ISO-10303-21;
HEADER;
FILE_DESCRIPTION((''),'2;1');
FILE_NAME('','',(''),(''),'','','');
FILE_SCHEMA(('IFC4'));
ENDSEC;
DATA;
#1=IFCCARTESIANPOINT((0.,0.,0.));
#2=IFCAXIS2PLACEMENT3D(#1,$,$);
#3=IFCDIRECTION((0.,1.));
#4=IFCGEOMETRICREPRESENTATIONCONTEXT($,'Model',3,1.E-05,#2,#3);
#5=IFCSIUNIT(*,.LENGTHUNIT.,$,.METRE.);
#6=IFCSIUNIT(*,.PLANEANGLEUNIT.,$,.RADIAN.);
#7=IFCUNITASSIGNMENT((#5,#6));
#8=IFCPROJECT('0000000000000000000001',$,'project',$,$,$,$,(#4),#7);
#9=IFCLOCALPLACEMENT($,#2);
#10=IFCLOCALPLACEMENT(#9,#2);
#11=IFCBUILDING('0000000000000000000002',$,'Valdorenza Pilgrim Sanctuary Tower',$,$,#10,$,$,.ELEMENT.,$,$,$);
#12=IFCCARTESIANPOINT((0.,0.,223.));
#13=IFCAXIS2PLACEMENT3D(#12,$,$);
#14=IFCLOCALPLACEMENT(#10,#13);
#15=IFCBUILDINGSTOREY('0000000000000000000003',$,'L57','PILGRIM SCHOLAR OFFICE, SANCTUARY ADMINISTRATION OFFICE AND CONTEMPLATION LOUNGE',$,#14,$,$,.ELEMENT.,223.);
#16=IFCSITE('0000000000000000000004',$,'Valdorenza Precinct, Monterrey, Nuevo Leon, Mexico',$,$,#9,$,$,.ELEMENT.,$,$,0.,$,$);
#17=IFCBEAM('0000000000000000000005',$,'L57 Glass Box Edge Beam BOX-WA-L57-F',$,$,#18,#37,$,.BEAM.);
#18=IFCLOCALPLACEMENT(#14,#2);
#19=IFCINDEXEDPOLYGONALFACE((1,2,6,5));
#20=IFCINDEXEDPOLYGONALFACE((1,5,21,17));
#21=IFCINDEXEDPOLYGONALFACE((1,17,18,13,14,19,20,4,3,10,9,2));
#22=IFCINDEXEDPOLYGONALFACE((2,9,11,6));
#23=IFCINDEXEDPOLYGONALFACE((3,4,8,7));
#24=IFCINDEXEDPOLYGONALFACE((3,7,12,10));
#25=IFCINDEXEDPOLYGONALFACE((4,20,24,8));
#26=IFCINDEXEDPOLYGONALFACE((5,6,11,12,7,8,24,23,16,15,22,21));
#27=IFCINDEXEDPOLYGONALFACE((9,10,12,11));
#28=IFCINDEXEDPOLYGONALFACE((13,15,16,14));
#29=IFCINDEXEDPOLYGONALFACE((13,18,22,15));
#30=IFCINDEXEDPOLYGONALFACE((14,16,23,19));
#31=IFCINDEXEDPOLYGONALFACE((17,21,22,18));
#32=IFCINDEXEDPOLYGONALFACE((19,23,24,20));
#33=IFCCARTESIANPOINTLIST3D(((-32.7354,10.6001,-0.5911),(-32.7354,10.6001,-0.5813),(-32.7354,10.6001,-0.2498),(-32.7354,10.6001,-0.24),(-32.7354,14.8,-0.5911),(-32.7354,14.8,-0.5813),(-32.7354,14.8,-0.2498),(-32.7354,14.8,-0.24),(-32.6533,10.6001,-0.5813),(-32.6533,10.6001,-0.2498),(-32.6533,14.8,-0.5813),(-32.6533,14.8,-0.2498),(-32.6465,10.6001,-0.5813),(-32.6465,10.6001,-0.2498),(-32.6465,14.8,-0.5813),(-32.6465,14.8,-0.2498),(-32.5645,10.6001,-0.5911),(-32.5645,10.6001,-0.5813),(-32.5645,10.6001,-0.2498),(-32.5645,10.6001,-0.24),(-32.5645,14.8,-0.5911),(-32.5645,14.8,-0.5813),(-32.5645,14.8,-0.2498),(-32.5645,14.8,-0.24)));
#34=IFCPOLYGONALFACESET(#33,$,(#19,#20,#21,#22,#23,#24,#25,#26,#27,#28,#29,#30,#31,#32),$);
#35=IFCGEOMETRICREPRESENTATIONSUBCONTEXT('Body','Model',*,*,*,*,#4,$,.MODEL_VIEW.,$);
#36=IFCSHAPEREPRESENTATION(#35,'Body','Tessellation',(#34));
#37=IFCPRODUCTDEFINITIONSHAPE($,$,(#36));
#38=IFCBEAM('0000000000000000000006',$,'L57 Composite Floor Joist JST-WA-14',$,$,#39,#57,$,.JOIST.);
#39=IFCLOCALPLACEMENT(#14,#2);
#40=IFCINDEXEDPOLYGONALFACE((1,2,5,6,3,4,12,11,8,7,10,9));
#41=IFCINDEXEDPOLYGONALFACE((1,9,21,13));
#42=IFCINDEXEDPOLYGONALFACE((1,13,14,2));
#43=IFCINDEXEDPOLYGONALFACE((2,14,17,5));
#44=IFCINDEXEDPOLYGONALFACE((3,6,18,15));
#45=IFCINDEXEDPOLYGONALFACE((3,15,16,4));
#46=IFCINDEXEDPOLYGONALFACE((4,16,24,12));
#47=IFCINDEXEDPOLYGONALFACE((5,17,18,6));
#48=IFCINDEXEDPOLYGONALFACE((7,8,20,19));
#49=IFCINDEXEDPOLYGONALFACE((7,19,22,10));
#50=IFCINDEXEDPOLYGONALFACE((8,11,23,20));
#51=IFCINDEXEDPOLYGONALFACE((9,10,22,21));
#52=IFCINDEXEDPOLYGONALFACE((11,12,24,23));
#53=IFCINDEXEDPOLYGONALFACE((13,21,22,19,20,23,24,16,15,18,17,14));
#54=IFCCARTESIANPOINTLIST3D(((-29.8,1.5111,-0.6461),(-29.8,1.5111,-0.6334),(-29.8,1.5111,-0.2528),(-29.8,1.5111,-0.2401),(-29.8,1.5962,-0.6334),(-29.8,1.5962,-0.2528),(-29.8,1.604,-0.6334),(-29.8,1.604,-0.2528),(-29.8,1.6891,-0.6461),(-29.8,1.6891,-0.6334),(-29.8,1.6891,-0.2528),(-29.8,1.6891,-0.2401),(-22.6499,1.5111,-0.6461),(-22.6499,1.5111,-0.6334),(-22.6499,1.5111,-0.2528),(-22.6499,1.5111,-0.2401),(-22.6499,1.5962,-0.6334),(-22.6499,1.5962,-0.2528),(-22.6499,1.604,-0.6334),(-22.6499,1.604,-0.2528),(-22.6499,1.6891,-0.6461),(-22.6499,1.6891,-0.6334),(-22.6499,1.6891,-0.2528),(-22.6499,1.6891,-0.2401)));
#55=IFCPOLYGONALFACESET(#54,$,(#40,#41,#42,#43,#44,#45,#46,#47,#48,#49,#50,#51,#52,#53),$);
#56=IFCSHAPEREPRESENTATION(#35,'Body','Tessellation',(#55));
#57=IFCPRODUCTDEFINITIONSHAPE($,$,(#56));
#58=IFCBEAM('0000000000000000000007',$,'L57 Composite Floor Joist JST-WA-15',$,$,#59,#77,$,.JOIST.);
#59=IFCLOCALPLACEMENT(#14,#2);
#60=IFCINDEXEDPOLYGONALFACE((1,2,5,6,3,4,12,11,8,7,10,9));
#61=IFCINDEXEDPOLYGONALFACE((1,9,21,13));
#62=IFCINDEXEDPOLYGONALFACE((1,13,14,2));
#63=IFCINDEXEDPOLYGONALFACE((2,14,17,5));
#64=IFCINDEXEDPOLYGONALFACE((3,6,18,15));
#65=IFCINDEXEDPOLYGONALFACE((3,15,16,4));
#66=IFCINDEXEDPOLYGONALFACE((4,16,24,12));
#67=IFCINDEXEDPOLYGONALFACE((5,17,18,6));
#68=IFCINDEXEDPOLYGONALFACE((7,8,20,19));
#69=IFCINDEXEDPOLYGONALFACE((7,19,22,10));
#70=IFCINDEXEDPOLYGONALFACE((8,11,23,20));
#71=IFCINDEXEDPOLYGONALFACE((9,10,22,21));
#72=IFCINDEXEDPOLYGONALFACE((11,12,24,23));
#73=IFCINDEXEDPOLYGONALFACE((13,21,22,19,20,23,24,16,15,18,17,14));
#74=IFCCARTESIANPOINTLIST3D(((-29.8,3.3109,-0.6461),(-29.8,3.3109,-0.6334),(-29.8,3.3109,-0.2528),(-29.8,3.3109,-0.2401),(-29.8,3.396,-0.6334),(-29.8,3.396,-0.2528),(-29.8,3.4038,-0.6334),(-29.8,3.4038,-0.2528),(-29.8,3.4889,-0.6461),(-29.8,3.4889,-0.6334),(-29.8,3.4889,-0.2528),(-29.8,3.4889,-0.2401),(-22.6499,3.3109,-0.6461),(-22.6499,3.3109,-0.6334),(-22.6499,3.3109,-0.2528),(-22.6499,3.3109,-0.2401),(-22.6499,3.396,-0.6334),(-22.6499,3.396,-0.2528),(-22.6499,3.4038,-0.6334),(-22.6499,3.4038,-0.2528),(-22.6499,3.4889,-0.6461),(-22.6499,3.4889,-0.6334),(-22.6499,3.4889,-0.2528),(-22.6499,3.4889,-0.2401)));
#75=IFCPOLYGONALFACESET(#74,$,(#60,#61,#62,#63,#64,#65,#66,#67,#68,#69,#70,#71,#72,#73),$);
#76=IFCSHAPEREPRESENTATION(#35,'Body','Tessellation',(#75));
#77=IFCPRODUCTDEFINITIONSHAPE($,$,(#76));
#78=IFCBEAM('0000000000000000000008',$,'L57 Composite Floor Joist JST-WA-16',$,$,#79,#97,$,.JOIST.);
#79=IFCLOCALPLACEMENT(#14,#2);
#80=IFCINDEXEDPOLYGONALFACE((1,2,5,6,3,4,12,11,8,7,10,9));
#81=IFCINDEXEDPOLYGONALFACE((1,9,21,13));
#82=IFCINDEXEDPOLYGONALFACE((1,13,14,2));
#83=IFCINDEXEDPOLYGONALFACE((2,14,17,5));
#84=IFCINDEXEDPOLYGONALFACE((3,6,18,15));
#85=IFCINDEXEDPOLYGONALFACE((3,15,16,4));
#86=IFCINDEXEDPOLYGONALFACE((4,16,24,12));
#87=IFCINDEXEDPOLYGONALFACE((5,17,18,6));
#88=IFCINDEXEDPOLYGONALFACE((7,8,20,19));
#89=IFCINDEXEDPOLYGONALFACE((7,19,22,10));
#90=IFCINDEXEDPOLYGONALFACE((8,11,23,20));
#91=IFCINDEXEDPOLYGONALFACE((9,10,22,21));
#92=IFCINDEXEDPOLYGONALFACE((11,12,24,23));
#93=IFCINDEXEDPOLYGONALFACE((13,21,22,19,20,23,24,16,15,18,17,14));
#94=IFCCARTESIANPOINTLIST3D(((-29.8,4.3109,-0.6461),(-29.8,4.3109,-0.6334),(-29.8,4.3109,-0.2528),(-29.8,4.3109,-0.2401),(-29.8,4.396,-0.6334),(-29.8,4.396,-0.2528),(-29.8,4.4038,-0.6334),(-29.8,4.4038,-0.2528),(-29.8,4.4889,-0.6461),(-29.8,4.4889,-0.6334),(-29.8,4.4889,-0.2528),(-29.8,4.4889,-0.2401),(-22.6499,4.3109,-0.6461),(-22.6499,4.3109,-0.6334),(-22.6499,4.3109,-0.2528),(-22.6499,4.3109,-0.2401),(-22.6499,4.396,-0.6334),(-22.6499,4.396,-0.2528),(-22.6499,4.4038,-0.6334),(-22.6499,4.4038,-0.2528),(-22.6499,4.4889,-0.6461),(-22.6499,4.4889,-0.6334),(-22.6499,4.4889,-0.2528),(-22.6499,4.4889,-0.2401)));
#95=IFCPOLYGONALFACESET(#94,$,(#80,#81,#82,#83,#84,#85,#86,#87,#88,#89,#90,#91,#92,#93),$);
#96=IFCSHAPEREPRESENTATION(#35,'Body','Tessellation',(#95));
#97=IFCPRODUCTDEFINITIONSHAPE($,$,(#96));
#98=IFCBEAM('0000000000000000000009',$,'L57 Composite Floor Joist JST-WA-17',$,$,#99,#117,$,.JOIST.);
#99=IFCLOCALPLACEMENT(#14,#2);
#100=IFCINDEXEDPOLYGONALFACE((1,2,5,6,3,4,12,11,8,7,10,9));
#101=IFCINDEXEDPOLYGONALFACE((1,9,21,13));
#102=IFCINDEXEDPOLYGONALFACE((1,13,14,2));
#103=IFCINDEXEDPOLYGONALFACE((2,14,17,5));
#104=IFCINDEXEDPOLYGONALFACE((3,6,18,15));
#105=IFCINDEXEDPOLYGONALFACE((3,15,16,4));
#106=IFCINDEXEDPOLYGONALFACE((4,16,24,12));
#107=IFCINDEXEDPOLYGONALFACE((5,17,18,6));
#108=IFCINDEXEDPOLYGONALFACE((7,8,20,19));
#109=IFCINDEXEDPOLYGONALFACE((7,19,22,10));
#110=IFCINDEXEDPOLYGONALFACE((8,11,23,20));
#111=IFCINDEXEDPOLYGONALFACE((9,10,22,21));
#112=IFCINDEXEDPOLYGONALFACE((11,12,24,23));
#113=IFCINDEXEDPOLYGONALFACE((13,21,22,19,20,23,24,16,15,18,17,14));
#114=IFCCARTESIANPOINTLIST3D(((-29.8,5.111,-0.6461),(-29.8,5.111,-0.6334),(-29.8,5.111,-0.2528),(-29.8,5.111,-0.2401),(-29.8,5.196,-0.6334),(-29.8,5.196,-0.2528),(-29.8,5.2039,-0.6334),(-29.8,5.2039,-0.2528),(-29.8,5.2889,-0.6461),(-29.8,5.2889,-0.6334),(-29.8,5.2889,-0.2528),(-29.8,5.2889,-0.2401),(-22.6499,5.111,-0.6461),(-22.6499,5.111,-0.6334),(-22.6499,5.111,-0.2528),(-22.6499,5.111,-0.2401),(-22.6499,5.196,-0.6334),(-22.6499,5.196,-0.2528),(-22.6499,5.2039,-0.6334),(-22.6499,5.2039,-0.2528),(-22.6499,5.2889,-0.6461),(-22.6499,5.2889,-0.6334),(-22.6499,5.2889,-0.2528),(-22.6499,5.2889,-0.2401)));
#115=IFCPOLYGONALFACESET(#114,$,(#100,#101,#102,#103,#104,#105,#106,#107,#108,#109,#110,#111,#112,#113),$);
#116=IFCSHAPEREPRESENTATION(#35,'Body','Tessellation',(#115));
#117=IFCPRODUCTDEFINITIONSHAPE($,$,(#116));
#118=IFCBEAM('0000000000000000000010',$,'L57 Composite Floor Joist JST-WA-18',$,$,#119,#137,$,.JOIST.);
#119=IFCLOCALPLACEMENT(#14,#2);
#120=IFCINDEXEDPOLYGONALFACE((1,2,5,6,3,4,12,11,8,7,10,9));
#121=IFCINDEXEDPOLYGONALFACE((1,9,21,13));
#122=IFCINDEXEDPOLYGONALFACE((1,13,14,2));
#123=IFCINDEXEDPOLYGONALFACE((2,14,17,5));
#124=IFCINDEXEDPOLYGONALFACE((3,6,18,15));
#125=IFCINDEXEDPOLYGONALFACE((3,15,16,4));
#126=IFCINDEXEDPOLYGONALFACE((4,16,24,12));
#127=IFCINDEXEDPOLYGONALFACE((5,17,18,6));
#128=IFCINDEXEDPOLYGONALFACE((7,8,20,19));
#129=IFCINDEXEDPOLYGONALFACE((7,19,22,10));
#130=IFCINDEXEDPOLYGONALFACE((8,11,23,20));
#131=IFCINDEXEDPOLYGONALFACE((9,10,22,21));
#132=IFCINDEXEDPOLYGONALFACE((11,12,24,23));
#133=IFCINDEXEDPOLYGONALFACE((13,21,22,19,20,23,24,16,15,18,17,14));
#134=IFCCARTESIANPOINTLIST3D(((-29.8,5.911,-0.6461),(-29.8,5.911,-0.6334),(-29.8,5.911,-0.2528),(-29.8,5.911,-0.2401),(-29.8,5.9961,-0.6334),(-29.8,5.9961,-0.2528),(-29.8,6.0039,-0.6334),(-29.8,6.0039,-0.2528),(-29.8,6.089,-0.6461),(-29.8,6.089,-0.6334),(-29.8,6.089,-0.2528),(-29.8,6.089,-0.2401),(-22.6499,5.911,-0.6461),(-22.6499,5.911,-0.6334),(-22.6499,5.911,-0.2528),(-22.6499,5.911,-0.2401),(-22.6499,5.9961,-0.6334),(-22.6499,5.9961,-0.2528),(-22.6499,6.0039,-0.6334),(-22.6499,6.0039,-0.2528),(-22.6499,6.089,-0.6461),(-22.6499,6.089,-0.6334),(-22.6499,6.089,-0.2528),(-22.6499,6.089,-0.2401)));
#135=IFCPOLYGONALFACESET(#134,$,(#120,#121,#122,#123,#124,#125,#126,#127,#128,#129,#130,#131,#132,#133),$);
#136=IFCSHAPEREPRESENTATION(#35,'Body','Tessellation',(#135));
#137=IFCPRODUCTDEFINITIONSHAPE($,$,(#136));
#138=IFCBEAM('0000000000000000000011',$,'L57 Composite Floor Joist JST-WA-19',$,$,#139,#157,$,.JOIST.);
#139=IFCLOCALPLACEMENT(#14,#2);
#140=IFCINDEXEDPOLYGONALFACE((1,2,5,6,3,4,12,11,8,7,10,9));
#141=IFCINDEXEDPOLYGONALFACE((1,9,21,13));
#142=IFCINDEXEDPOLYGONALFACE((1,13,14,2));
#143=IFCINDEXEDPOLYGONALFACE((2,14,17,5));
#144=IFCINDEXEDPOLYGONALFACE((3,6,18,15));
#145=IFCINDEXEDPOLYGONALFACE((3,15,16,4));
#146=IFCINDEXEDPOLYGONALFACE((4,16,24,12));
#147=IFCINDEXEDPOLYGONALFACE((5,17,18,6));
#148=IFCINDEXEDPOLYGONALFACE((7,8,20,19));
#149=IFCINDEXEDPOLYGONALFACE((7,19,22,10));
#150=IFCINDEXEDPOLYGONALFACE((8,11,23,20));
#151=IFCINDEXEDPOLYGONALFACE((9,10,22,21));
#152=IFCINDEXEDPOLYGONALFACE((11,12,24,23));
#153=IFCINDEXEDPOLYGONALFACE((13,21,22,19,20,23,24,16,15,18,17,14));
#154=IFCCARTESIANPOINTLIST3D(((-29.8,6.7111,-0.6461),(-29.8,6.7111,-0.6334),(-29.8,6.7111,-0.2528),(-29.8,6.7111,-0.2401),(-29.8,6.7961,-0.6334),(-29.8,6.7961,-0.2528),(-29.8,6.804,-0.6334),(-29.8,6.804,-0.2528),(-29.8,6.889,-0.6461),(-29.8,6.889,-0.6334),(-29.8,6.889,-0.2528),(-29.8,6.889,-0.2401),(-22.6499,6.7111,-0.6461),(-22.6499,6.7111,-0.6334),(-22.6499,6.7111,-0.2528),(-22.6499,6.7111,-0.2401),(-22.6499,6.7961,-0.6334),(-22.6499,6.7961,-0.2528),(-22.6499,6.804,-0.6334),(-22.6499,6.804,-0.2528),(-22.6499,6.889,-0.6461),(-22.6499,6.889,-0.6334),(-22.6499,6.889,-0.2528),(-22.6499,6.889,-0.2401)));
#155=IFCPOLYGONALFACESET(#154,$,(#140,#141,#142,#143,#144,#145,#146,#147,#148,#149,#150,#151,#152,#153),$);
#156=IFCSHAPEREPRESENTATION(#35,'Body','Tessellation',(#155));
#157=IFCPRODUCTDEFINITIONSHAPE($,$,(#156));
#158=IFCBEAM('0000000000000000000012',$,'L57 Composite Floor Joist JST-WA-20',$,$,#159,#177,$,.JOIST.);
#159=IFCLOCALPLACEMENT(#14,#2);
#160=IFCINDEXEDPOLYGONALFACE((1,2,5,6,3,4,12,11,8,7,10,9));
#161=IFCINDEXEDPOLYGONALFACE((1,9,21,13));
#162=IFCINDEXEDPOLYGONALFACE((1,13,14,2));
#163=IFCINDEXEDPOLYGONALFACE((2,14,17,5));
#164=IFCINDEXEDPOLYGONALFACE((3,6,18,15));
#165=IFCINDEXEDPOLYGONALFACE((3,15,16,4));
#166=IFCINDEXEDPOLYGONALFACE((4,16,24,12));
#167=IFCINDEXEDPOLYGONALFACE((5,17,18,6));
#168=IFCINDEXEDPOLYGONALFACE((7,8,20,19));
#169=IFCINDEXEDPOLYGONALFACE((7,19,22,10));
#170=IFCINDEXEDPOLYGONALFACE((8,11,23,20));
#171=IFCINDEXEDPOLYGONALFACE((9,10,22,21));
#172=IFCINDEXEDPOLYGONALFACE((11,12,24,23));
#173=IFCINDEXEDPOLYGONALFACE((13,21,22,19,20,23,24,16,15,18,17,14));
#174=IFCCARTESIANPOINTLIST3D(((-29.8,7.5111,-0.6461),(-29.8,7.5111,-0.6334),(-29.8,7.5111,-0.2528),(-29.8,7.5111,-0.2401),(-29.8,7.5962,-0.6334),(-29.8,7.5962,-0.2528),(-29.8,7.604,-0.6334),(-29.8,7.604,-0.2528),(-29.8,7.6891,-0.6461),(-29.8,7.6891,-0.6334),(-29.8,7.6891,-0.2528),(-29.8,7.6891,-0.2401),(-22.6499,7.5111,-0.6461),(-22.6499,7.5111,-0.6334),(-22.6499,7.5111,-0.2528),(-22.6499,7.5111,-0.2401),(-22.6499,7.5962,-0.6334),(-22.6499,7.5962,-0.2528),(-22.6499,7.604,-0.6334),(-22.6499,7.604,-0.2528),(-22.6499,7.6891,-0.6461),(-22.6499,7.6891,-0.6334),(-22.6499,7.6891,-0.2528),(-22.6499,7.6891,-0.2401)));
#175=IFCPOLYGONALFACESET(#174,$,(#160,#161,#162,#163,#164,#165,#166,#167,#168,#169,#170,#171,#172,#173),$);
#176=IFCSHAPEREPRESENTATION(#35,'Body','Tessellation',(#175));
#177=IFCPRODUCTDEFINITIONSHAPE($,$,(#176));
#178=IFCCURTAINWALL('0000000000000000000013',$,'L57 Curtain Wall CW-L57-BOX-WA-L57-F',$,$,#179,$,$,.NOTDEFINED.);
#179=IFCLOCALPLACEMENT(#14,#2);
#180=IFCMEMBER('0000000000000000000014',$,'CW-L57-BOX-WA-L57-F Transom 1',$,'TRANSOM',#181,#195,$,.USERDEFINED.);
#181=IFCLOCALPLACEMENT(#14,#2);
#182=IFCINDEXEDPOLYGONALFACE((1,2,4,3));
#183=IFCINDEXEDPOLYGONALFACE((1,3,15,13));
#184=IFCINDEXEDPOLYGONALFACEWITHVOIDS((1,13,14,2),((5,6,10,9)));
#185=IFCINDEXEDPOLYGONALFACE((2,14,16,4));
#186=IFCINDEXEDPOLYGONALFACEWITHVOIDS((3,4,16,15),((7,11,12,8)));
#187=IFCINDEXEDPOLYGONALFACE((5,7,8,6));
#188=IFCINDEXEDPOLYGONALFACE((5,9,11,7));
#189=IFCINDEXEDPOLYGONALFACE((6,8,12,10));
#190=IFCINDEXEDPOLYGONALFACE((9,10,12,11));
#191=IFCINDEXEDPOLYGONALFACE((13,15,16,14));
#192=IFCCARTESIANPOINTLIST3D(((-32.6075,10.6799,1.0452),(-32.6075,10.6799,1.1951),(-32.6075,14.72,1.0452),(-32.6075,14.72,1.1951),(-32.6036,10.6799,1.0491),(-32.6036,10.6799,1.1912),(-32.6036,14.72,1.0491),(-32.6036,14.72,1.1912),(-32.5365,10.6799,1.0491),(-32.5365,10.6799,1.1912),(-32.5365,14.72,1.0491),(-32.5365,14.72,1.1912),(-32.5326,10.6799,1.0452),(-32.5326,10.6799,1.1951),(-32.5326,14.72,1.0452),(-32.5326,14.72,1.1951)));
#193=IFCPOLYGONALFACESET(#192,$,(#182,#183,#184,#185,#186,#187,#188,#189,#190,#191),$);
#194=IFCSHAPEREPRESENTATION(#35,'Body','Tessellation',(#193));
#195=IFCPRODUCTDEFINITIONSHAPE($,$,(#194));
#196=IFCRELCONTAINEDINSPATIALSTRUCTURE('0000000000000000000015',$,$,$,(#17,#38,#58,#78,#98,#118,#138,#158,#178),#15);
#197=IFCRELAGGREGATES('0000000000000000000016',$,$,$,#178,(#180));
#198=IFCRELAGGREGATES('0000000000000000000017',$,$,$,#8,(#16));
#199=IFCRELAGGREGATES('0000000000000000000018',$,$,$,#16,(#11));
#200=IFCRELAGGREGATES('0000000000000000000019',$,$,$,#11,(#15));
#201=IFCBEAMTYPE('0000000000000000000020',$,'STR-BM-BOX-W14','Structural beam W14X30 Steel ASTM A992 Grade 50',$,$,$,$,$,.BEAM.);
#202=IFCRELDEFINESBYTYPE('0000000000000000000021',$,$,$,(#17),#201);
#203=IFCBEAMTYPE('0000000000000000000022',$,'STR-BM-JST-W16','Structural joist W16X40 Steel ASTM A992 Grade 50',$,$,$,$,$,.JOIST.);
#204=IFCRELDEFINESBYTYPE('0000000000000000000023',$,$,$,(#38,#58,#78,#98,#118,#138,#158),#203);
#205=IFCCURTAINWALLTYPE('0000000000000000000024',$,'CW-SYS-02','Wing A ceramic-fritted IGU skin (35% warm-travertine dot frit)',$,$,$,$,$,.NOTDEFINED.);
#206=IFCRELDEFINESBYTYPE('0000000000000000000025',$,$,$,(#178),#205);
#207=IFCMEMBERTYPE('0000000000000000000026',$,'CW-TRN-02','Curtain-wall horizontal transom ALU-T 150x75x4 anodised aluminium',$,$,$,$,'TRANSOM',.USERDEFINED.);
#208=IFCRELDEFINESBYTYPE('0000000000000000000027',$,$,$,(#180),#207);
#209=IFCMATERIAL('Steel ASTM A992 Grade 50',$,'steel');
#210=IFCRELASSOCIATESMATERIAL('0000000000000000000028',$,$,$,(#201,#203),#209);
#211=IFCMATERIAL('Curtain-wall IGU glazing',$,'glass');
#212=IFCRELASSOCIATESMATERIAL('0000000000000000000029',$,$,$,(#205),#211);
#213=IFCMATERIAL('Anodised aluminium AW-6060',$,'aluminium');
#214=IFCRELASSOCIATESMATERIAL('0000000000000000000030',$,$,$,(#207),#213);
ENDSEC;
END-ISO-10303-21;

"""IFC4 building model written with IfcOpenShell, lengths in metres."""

from ifc_helpers import new_model, si_unit, direction, frame, origin, origin_2d, place, context, subcontext, project, spatial, hollow_rectangle, i_section, extrude, source, transform, mapped, material, material_profile, profile_set, type_object, element, aggregate, save


model = new_model("IFC4")

# Units and contexts
model_context = context("Model", 3, precision=1e-05, world=origin(), true_north=direction((0.0, 1.0)))
body_context = subcontext(model_context, "Body", "Model", "MODEL_VIEW")
ifc_project = project(units=[si_unit("LENGTHUNIT", "METRE"), si_unit("PLANEANGLEUNIT", "RADIAN")], contexts=[model_context])

# Site, building, storey
site_placement = place(None, origin())
site = spatial("IfcSite", under=ifc_project, at=site_placement, Name="Valdorenza Precinct, Monterrey, Nuevo Leon, Mexico", CompositionType="ELEMENT", RefElevation=0.0)
building_placement = place(site_placement, origin())
building = spatial("IfcBuilding", under=site, at=building_placement, Name="Valdorenza Pilgrim Sanctuary Tower", CompositionType="ELEMENT")
storey_placement = place(building_placement, frame((0.0, 0.0, 223.0)))
storey = spatial("IfcBuildingStorey", under=building, at=storey_placement, Name="L57", Description="PILGRIM SCHOLAR OFFICE, SANCTUARY ADMINISTRATION OFFICE AND CONTEMPLATION LOUNGE", CompositionType="ELEMENT", Elevation=223.0)

# Beams
ifc_material_1 = material(Name="Steel ASTM A992 Grade 50", Category="steel")
ifc_material_profile_1 = material_profile(ifc_material_1, i_section(OverallWidth=0.1709, OverallDepth=0.3511, WebThickness=0.0068, FlangeThickness=0.0098, at=origin_2d()), Name="W14X30")
ifc_profile_set_1 = profile_set([ifc_material_profile_1], Name="Steel ASTM A992 Grade 50")
beam_type_1 = type_object("IfcBeamType", Name="STR-BM-BOX-W14", Description="Structural beam W14X30 Steel ASTM A992 Grade 50", PredefinedType="BEAM", material=ifc_profile_set_1)
shared_shape_1 = source(origin(), body_context, "Body", "SweptSolid", [
    extrude(i_section(OverallWidth=0.1709, OverallDepth=0.3511, WebThickness=0.0068, FlangeThickness=0.0098, at=origin_2d()), origin(), (0.0, 0.0, 1.0), 4.2),
])
beam_placement = place(storey_placement, frame((-32.6499, 10.6001, -0.4155), z_axis=(0.0, 1.0, 0.0), x_axis=(-1.0, 0.0, 0.0)))
element("IfcBeam", 1, at=beam_placement, inside=storey, type_object=beam_type_1, Name="L57 Glass Box Edge Beam BOX-WA-L57-F", PredefinedType="BEAM", context=body_context, shape_type="MappedRepresentation", body=[
    mapped(shared_shape_1, transform((0.0, 0.0, 0.0), x_axis=(1.0, 0.0, 0.0), y_axis=(0.0, 1.0, 0.0), z_axis=(0.0, 0.0, 1.0), scale=1.0)),
])
ifc_material_profile_2 = material_profile(ifc_material_1, i_section(OverallWidth=0.178, OverallDepth=0.406, WebThickness=0.0078, FlangeThickness=0.0127, at=origin_2d()), Name="W16X40")
ifc_profile_set_2 = profile_set([ifc_material_profile_2], Name="Steel ASTM A992 Grade 50")
beam_type_2 = type_object("IfcBeamType", Name="STR-BM-JST-W16", Description="Structural joist W16X40 Steel ASTM A992 Grade 50", PredefinedType="JOIST", material=ifc_profile_set_2)
shared_shape_2 = source(origin(), body_context, "Body", "SweptSolid", [
    extrude(i_section(OverallWidth=0.178, OverallDepth=0.406, WebThickness=0.0078, FlangeThickness=0.0127, at=origin_2d()), origin(), (0.0, 0.0, 1.0), 7.1501),
])
for number, where, z_axis, x_axis, name in (
    (2, (-29.8, 1.6001, -0.4431), (1.0, 0.0, 0.0), (0.0, 1.0, 0.0), "L57 Composite Floor Joist JST-WA-14"),
    (3, (-29.8, 3.3999, -0.4431), (1.0, 0.0, 0.0), (0.0, 1.0, 0.0), "L57 Composite Floor Joist JST-WA-15"),
    (4, (-29.8, 4.3999, -0.4431), (1.0, 0.0, 0.0), (0.0, 1.0, 0.0), "L57 Composite Floor Joist JST-WA-16"),
    (5, (-29.8, 5.2, -0.4431), (1.0, 0.0, 0.0), (0.0, 1.0, 0.0), "L57 Composite Floor Joist JST-WA-17"),
    (6, (-29.8, 6.0, -0.4431), (1.0, 0.0, 0.0), (0.0, 1.0, 0.0), "L57 Composite Floor Joist JST-WA-18"),
    (7, (-29.8, 6.8, -0.4431), (1.0, 0.0, 0.0), (0.0, 1.0, 0.0), "L57 Composite Floor Joist JST-WA-19"),
    (8, (-29.8, 7.6001, -0.4431), (1.0, 0.0, 0.0), (0.0, 1.0, 0.0), "L57 Composite Floor Joist JST-WA-20"),
):
    element("IfcBeam", number, at=place(storey_placement, frame(where, z_axis=z_axis, x_axis=x_axis)), inside=storey, type_object=beam_type_2, Name=name, PredefinedType="JOIST", context=body_context, shape_type="MappedRepresentation", body=[
        mapped(shared_shape_2, transform((0.0, 0.0, 0.0), x_axis=(1.0, 0.0, 0.0), y_axis=(0.0, 1.0, 0.0), z_axis=(0.0, 0.0, 1.0), scale=1.0)),
    ])

# Curtain wall, member
ifc_material_2 = material(Name="Curtain-wall IGU glazing", Category="glass")
curtain_wall_type = type_object("IfcCurtainWallType", Name="CW-SYS-02", Description="Wing A ceramic-fritted IGU skin (35% warm-travertine dot frit)", PredefinedType="NOTDEFINED", material=ifc_material_2)
curtain_wall_1_placement = place(storey_placement, origin())
curtain_wall_1 = element("IfcCurtainWall", 9, at=curtain_wall_1_placement, inside=storey, type_object=curtain_wall_type, Name="L57 Curtain Wall CW-L57-BOX-WA-L57-F", PredefinedType="NOTDEFINED")
ifc_material_3 = material(Name="Anodised aluminium AW-6060", Category="aluminium")
ifc_material_profile_3 = material_profile(ifc_material_3, hollow_rectangle(XDim=0.075, YDim=0.1499, WallThickness=0.0039, at=origin_2d()), Name="ALU-T 150x75x4")
ifc_profile_set_3 = profile_set([ifc_material_profile_3], Name="Anodised aluminium AW-6060")
member_type_1 = type_object("IfcMemberType", Name="CW-TRN-02", Description="Curtain-wall horizontal transom ALU-T 150x75x4 anodised aluminium", ElementType="TRANSOM", PredefinedType="USERDEFINED", material=ifc_profile_set_3)
shared_shape_3 = source(origin(), body_context, "Body", "SweptSolid", [
    extrude(hollow_rectangle(XDim=0.075, YDim=0.1499, WallThickness=0.0039, at=origin_2d()), origin(), (0.0, 0.0, 1.0), 4.04),
])
member_1_placement = place(storey_placement, frame((-32.5701, 10.6799, 1.1201), z_axis=(0.0, 1.0, 0.0), x_axis=(-1.0, 0.0, 0.0)))
member_1 = element("IfcMember", 10, at=member_1_placement, type_object=member_type_1, Name="CW-L57-BOX-WA-L57-F Transom 1", ObjectType="TRANSOM", PredefinedType="USERDEFINED", context=body_context, shape_type="MappedRepresentation", body=[
    mapped(shared_shape_3, transform((0.0, 0.0, 0.0), x_axis=(1.0, 0.0, 0.0), y_axis=(0.0, 1.0, 0.0), z_axis=(0.0, 0.0, 1.0), scale=1.0)),
])
aggregate(curtain_wall_1, [member_1])

save(model, "model.ifc")
